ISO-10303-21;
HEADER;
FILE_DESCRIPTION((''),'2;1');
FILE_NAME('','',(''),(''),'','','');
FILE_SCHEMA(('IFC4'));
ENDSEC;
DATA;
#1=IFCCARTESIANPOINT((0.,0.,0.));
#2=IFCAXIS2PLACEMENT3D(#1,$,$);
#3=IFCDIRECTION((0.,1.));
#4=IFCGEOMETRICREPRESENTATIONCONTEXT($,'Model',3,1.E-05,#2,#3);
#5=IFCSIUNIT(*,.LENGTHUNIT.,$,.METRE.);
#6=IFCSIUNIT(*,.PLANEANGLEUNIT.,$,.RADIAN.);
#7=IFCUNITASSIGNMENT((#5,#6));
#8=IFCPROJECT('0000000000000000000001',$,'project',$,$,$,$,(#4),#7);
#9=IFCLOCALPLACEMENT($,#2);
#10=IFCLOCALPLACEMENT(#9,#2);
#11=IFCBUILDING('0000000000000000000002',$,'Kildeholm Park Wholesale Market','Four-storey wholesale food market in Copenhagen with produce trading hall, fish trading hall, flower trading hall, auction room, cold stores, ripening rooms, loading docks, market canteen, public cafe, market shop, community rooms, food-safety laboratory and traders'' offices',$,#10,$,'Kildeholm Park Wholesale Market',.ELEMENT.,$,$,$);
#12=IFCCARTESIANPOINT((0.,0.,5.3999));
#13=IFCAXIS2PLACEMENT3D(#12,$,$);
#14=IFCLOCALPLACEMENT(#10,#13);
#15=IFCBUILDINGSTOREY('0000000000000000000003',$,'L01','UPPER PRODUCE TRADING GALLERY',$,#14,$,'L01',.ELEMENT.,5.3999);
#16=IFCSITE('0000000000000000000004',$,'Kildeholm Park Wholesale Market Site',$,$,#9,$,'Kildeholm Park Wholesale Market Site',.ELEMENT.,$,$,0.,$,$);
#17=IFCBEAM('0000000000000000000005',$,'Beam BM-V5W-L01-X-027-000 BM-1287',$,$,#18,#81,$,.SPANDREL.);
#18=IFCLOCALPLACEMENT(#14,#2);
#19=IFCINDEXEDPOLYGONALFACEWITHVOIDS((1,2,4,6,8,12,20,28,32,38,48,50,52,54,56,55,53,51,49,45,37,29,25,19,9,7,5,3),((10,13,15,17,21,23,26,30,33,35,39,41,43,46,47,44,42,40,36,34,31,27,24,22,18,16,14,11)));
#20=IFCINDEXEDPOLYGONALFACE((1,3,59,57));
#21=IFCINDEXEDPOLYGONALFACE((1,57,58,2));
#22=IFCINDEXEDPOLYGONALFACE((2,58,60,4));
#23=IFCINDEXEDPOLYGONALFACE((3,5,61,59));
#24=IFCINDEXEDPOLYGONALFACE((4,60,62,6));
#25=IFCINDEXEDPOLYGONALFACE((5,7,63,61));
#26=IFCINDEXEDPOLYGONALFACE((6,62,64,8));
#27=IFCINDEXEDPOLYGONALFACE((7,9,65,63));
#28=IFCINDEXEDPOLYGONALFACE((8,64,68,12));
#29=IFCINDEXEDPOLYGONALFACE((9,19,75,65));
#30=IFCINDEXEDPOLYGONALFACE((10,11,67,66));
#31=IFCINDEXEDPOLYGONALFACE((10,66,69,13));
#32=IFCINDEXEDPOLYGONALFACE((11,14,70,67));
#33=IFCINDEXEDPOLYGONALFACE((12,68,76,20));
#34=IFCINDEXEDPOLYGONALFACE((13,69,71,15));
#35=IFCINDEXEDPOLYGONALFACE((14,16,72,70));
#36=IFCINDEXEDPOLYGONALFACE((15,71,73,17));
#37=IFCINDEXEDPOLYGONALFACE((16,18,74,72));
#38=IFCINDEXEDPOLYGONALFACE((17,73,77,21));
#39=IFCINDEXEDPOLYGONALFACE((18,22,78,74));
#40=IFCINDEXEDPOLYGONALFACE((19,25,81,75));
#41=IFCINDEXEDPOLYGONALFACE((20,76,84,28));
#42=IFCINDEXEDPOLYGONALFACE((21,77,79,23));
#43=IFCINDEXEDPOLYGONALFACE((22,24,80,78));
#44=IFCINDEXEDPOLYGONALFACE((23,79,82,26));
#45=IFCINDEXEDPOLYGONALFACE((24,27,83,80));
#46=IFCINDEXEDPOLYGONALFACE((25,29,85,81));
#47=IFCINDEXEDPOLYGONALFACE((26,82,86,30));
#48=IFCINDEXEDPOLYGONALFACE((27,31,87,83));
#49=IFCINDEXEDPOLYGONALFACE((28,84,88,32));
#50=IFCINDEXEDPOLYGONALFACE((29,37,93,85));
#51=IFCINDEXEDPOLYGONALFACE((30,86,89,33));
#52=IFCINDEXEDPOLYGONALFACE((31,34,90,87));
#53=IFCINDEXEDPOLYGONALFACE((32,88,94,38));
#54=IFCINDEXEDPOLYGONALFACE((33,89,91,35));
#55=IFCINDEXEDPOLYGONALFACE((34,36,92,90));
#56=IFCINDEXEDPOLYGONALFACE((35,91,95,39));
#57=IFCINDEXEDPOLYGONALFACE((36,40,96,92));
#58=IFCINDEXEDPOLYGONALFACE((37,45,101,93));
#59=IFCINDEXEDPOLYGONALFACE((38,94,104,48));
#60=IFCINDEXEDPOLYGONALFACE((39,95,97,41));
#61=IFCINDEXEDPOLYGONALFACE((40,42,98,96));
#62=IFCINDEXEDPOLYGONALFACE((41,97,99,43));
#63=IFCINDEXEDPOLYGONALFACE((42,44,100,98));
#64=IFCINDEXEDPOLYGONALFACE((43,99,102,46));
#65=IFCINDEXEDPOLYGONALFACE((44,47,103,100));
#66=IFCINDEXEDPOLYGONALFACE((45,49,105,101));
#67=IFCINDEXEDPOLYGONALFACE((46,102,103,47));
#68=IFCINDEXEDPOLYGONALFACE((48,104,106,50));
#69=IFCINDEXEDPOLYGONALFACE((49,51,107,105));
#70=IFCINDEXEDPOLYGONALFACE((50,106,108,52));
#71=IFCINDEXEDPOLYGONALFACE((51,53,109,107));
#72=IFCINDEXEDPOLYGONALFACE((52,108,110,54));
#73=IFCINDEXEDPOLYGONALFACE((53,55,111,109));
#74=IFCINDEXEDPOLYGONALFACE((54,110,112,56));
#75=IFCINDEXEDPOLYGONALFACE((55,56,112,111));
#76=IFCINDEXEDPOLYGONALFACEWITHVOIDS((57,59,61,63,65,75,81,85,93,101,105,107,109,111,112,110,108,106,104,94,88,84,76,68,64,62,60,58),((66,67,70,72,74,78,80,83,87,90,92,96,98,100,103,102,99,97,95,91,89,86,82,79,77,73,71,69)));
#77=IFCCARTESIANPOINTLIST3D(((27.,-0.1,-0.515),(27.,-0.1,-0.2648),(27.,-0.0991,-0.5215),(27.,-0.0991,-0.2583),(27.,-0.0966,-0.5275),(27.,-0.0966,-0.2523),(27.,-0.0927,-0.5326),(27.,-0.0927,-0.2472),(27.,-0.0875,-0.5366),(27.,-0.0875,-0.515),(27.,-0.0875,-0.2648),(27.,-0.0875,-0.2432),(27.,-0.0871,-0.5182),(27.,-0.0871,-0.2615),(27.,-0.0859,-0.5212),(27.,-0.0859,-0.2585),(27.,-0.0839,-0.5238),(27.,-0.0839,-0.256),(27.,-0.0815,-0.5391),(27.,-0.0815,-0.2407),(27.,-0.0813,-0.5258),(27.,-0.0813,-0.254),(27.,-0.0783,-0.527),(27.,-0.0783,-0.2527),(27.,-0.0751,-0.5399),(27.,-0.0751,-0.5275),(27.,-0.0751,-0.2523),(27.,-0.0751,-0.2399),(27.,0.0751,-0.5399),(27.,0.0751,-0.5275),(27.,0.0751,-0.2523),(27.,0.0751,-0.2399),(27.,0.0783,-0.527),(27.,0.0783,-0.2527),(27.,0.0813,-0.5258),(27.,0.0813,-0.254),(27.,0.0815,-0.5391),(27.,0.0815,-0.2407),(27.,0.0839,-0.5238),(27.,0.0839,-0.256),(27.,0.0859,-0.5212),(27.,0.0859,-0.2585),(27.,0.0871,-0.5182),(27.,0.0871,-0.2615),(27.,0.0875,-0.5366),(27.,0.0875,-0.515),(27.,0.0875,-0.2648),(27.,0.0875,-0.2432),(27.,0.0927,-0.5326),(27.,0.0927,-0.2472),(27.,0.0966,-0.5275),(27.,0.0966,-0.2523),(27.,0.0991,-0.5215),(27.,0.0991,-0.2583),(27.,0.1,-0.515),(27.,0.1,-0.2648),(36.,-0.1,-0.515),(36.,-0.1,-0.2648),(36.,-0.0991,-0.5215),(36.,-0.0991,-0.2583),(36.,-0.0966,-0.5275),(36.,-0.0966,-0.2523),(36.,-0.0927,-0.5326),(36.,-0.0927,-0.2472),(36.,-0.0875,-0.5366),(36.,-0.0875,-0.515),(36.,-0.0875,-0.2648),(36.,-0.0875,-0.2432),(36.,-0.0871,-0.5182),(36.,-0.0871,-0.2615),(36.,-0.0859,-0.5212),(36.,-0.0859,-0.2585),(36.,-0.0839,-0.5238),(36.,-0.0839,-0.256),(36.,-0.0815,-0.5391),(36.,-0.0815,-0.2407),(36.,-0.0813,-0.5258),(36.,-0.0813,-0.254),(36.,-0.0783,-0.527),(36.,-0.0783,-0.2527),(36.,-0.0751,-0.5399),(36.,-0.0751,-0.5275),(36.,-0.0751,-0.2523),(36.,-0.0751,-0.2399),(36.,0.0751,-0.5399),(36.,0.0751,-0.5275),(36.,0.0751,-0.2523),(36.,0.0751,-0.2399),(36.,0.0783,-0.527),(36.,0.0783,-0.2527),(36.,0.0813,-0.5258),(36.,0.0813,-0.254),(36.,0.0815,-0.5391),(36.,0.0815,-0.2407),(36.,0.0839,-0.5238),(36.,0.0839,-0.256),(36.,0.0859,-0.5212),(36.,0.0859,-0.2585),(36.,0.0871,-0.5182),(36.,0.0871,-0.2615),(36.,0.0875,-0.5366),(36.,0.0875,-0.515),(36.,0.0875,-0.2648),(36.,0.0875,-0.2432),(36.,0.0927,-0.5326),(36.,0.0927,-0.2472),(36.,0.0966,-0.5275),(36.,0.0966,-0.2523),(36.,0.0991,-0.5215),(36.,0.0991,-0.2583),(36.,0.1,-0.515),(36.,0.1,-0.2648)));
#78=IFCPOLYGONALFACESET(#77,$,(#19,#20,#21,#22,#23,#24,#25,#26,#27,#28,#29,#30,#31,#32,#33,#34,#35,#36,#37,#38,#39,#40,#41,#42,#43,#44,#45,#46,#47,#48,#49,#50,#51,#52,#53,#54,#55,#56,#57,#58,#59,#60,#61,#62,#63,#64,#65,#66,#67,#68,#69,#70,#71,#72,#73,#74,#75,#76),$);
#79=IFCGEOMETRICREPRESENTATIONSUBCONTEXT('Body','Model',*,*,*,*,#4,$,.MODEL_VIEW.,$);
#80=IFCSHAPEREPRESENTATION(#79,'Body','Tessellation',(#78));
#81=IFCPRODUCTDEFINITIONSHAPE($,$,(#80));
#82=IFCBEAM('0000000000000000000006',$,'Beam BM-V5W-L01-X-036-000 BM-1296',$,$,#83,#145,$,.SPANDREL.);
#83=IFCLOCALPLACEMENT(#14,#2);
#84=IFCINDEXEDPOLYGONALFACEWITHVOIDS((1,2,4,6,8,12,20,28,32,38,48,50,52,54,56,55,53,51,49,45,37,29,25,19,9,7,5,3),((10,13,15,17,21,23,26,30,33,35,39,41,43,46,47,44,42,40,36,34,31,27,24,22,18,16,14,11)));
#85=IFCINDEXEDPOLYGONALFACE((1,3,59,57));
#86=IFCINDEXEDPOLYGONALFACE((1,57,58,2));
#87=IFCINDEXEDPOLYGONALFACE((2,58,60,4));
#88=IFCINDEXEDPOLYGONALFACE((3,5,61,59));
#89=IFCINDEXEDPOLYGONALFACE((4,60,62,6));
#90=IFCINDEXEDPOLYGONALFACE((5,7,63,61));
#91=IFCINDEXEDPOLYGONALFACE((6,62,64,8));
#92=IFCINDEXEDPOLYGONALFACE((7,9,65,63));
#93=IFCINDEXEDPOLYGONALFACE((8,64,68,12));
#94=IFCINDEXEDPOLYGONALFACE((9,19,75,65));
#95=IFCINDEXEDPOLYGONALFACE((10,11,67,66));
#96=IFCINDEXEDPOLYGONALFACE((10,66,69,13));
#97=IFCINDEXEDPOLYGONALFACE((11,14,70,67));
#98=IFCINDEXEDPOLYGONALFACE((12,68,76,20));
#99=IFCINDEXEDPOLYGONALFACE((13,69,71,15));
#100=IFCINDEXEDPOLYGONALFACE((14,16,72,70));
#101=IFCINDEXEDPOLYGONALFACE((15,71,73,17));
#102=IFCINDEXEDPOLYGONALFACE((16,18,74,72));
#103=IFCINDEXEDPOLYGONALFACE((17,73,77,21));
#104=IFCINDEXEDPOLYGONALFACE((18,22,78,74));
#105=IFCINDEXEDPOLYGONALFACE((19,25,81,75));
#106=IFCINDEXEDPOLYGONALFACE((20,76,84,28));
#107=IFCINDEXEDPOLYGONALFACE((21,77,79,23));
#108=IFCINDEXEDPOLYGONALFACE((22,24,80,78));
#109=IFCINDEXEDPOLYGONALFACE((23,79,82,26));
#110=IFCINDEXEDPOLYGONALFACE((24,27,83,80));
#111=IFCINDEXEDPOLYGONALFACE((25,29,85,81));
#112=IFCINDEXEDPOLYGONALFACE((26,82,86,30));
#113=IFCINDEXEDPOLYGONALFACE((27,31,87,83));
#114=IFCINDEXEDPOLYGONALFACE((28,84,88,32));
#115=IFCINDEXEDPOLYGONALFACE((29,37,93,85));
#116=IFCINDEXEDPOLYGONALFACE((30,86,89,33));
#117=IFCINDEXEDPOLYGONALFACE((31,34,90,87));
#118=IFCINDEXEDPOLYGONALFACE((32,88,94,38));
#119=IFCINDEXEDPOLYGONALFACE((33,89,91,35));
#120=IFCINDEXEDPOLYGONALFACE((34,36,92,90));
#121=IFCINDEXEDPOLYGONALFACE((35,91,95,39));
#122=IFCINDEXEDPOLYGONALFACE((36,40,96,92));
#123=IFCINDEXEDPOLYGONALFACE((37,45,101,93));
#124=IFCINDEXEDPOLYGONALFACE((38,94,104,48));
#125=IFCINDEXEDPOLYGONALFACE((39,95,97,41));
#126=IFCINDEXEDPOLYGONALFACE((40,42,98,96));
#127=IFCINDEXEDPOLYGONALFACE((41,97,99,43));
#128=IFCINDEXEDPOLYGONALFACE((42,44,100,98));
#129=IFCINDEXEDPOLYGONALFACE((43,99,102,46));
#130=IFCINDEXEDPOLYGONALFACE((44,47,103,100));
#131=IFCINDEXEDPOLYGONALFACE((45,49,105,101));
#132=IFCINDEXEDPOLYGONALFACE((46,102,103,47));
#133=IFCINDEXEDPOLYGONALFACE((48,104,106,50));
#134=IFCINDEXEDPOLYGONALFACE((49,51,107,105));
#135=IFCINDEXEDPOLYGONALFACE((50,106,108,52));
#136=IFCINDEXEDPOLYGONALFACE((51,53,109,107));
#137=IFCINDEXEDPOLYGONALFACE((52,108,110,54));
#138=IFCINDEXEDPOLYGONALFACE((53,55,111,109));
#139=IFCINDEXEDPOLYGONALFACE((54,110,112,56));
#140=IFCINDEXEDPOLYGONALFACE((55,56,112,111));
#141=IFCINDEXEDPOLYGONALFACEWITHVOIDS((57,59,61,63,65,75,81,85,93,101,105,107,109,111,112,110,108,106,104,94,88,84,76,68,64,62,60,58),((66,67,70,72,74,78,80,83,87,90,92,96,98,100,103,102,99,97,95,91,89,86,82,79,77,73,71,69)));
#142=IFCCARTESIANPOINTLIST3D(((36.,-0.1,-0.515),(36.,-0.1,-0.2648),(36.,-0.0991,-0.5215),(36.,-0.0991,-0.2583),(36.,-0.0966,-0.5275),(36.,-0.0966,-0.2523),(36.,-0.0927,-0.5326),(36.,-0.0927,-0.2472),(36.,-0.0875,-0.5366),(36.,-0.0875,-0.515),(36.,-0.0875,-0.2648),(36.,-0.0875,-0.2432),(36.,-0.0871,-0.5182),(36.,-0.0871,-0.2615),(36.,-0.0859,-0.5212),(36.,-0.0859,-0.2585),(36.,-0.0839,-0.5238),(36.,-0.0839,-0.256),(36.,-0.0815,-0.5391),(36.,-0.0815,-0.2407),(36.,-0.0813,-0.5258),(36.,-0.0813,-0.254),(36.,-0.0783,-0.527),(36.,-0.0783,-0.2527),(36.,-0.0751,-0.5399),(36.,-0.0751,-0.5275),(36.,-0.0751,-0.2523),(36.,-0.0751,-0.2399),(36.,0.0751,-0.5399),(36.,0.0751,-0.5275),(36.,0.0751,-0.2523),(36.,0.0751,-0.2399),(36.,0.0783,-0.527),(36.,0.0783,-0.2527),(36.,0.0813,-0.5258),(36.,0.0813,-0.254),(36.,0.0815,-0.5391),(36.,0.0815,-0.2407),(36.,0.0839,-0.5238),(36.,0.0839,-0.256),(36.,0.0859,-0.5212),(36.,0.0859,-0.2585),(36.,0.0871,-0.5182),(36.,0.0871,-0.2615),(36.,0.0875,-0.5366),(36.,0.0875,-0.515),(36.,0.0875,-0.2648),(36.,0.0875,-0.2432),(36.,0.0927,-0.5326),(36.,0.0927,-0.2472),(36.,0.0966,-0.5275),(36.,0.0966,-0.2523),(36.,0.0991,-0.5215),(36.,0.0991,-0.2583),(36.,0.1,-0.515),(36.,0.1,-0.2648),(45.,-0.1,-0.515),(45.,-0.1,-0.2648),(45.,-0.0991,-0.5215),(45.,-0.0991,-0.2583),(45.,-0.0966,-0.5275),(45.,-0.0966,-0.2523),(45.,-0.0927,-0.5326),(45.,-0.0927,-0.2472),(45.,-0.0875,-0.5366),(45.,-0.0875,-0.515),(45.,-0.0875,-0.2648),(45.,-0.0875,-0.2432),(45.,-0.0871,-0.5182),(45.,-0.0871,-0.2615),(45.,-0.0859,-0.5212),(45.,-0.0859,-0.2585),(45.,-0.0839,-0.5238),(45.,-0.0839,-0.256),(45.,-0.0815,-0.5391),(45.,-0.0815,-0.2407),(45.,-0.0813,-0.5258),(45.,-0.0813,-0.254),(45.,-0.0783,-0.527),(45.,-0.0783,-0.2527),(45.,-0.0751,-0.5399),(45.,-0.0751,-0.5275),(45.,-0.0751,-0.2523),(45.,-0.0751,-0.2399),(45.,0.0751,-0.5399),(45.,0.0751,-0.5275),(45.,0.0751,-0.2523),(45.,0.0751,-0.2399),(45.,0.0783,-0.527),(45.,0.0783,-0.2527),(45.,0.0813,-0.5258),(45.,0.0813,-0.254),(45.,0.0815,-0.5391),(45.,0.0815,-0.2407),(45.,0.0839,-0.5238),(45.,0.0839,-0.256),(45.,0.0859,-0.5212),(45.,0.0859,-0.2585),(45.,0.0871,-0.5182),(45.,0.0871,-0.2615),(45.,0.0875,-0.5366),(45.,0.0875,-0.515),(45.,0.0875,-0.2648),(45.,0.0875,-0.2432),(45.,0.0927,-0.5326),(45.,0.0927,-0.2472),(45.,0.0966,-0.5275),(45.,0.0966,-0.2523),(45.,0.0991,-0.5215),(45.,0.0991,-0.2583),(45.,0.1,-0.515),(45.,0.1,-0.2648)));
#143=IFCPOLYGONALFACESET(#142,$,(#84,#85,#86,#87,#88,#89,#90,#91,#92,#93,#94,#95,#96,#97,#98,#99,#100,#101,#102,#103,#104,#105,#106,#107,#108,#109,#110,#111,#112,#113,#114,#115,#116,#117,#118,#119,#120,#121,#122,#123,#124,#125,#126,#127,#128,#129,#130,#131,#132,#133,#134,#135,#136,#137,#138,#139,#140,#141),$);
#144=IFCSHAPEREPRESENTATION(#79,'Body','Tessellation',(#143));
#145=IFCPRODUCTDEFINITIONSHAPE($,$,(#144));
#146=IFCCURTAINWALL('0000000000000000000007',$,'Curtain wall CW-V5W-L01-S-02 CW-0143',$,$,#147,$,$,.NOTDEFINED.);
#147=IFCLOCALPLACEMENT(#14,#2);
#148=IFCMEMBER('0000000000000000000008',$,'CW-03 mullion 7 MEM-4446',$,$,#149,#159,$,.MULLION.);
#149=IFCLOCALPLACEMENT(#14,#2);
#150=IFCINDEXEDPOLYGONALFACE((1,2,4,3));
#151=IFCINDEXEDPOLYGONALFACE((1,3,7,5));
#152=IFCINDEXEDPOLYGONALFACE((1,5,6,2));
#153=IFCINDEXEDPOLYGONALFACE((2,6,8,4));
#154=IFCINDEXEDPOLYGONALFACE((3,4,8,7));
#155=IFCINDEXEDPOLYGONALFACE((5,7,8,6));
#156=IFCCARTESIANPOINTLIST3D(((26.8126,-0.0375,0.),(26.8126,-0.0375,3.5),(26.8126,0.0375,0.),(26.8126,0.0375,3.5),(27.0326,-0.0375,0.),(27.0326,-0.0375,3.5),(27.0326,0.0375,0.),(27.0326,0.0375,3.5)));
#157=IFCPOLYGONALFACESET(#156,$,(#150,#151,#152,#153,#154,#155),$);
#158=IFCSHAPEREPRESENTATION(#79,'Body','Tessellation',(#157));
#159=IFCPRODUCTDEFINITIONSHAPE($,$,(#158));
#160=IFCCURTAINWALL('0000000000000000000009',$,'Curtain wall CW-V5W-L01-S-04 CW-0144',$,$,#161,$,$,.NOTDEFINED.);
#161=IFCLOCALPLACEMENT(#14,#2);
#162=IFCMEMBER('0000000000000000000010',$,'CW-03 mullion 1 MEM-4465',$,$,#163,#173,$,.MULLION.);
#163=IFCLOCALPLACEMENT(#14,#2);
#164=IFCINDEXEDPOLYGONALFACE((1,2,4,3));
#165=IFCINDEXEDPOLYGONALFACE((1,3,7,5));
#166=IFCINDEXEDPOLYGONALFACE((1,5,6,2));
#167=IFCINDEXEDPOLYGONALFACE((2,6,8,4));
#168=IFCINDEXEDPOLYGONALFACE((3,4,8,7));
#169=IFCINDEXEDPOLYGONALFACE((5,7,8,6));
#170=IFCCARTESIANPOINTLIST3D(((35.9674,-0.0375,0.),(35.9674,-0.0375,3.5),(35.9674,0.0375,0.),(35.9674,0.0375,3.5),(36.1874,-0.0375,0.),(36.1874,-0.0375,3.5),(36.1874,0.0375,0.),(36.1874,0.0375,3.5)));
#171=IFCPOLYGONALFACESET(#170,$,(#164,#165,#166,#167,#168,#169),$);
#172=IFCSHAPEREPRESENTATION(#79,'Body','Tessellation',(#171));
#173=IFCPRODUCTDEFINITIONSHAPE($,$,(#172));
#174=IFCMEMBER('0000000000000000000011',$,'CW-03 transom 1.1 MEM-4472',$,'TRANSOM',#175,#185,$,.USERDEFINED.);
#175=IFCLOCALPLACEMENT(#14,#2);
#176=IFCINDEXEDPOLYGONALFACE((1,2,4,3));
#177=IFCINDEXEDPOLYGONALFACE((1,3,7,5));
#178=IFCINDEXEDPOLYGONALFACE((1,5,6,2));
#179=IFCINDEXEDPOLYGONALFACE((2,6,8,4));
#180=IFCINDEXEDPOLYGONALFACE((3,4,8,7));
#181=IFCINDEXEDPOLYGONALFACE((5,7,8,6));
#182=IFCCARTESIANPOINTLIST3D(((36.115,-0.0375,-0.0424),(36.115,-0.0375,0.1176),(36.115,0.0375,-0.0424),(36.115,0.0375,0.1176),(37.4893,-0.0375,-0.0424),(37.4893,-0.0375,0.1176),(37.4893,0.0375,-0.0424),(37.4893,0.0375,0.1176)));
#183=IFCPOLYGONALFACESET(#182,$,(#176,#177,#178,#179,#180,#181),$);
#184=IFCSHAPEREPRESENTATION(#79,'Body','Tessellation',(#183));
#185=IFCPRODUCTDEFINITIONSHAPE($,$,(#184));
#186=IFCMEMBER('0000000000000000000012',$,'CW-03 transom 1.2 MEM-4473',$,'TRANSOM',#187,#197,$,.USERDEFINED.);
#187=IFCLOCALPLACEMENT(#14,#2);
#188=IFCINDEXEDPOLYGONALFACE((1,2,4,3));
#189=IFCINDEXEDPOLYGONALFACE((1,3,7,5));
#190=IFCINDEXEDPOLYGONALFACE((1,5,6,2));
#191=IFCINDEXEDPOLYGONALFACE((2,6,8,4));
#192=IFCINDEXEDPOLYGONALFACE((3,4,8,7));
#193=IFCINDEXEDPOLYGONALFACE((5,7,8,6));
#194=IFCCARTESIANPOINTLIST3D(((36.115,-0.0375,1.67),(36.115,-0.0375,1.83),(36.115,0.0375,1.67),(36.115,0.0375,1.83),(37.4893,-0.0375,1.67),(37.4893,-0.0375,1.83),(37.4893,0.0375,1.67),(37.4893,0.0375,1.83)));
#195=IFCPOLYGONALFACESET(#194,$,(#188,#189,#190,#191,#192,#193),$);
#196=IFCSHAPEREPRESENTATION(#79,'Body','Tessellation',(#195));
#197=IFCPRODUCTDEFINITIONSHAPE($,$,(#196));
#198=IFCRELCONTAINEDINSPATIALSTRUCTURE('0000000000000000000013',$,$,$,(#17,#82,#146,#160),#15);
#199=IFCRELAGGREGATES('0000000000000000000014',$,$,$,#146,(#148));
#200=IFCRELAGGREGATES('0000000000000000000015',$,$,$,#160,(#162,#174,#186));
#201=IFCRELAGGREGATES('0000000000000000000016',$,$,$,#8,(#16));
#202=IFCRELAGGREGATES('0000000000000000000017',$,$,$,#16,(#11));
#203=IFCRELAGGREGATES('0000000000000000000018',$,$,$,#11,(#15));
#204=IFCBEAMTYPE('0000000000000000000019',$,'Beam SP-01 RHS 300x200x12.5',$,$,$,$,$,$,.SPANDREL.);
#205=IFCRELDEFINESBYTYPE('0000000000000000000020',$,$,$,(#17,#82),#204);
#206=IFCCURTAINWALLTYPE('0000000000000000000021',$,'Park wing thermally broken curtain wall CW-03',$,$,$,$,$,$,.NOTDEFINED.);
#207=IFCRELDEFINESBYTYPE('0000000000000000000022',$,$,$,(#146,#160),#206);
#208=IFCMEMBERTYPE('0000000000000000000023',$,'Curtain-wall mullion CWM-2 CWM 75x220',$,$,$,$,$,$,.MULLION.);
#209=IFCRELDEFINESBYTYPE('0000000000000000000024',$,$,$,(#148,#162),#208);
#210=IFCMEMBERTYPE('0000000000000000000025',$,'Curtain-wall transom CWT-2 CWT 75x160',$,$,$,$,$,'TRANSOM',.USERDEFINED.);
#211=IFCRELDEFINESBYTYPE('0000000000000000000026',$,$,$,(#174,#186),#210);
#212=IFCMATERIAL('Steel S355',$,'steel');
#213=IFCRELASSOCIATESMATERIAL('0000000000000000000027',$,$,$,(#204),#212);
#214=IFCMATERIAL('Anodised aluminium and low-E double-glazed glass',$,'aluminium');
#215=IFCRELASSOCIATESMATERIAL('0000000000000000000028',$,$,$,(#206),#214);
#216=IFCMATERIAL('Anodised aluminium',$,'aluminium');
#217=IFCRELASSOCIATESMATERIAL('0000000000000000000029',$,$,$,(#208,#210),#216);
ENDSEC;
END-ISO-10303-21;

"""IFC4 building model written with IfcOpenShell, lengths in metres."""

from ifc_helpers import new_model, si_unit, direction, frame, origin, origin_2d, place, context, subcontext, project, spatial, rectangle, hollow_rectangle, extrude, material, material_profile, profile_set, type_object, element, aggregate, save


model = new_model("IFC4")

# Units and contexts
model_context = context("Model", 3, precision=1e-05, world=origin(), true_north=direction((0.0, 1.0)))
body_context = subcontext(model_context, "Body", "Model", "MODEL_VIEW")
ifc_project = project(units=[si_unit("LENGTHUNIT", "METRE"), si_unit("PLANEANGLEUNIT", "RADIAN")], contexts=[model_context])

# Site, building, storey
site_placement = place(None, origin())
site = spatial("IfcSite", under=ifc_project, at=site_placement, Name="Kildeholm Park Wholesale Market Site", LongName="Kildeholm Park Wholesale Market Site", CompositionType="ELEMENT", RefElevation=0.0)
building_placement = place(site_placement, origin())
building = spatial("IfcBuilding", under=site, at=building_placement, Name="Kildeholm Park Wholesale Market", Description="Four-storey wholesale food market in Copenhagen with produce trading hall, fish trading hall, flower trading hall, auction room, cold stores, ripening rooms, loading docks, market canteen, public cafe, market shop, community rooms, food-safety laboratory and traders' offices", LongName="Kildeholm Park Wholesale Market", CompositionType="ELEMENT")
storey_placement = place(building_placement, frame((0.0, 0.0, 5.3999)))
storey = spatial("IfcBuildingStorey", under=building, at=storey_placement, Name="L01", Description="UPPER PRODUCE TRADING GALLERY", LongName="L01", CompositionType="ELEMENT", Elevation=5.3999)

# Shared definitions
ifc_material_1 = material(Name="Steel S355", Category="steel")

# Beams
ifc_material_profile_1 = material_profile(ifc_material_1, hollow_rectangle(XDim=0.2, YDim=0.3, WallThickness=0.0125, InnerFilletRadius=0.0125, OuterFilletRadius=0.0249, at=origin_2d()), Name="RHS 300x200x12.5")
ifc_profile_set_1 = profile_set([ifc_material_profile_1], Name="Steel S355")
beam_type_1 = type_object("IfcBeamType", Name="Beam SP-01 RHS 300x200x12.5", PredefinedType="SPANDREL", material=ifc_profile_set_1)
for number, where, z_axis, x_axis, name in (
    (1, (27.0, 0.0, -0.3899), (1.0, 0.0, 0.0), (0.0, 1.0, 0.0), "Beam BM-V5W-L01-X-027-000 BM-1287"),
    (2, (36.0, 0.0, -0.3899), (1.0, 0.0, 0.0), (0.0, 1.0, 0.0), "Beam BM-V5W-L01-X-036-000 BM-1296"),
):
    element("IfcBeam", number, at=place(storey_placement, frame(where, z_axis=z_axis, x_axis=x_axis)), inside=storey, type_object=beam_type_1, Name=name, PredefinedType="SPANDREL", context=body_context, shape_type="SweptSolid", body=[
        extrude(hollow_rectangle(XDim=0.2, YDim=0.3, WallThickness=0.0125, InnerFilletRadius=0.0125, OuterFilletRadius=0.0249, at=origin_2d()), origin(), (0.0, 0.0, 1.0), 9.0),
    ])

# Curtain wall, member
ifc_material_2 = material(Name="Anodised aluminium and low-E double-glazed glass", Category="aluminium")
curtain_wall_type = type_object("IfcCurtainWallType", Name="Park wing thermally broken curtain wall CW-03", PredefinedType="NOTDEFINED", material=ifc_material_2)
curtain_wall_1_placement = place(storey_placement, origin())
curtain_wall_1 = element("IfcCurtainWall", 3, at=curtain_wall_1_placement, inside=storey, type_object=curtain_wall_type, Name="Curtain wall CW-V5W-L01-S-02 CW-0143", PredefinedType="NOTDEFINED")
ifc_material_3 = material(Name="Anodised aluminium", Category="aluminium")
ifc_material_profile_2 = material_profile(ifc_material_3, rectangle(XDim=0.075, YDim=0.22, at=origin_2d()), Name="CWM 75x220")
ifc_profile_set_2 = profile_set([ifc_material_profile_2], Name="Anodised aluminium")
member_type_1 = type_object("IfcMemberType", Name="Curtain-wall mullion CWM-2 CWM 75x220", PredefinedType="MULLION", material=ifc_profile_set_2)
member_1_placement = place(storey_placement, frame((26.9226, 0.0, 0.0), z_axis=(0.0, 0.0, 1.0), x_axis=(0.0, 1.0, 0.0)))
member_1 = element("IfcMember", 4, at=member_1_placement, type_object=member_type_1, Name="CW-03 mullion 7 MEM-4446", PredefinedType="MULLION", context=body_context, shape_type="SweptSolid", body=[
    extrude(rectangle(XDim=0.075, YDim=0.22, at=origin_2d()), origin(), (0.0, 0.0, 1.0), 3.5),
])
aggregate(curtain_wall_1, [member_1])

# Curtain wall, members
curtain_wall_2_placement = place(storey_placement, origin())
curtain_wall_2 = element("IfcCurtainWall", 5, at=curtain_wall_2_placement, inside=storey, type_object=curtain_wall_type, Name="Curtain wall CW-V5W-L01-S-04 CW-0144", PredefinedType="NOTDEFINED")
member_2_placement = place(storey_placement, frame((36.0774, 0.0, 0.0), z_axis=(0.0, 0.0, 1.0), x_axis=(0.0, 1.0, 0.0)))
member_2 = element("IfcMember", 6, at=member_2_placement, type_object=member_type_1, Name="CW-03 mullion 1 MEM-4465", PredefinedType="MULLION", context=body_context, shape_type="SweptSolid", body=[
    extrude(rectangle(XDim=0.075, YDim=0.22, at=origin_2d()), origin(), (0.0, 0.0, 1.0), 3.5),
])
ifc_material_profile_3 = material_profile(ifc_material_3, rectangle(XDim=0.075, YDim=0.1599, at=origin_2d()), Name="CWT 75x160")
ifc_profile_set_3 = profile_set([ifc_material_profile_3], Name="Anodised aluminium")
member_type_2 = type_object("IfcMemberType", Name="Curtain-wall transom CWT-2 CWT 75x160", ElementType="TRANSOM", PredefinedType="USERDEFINED", material=ifc_profile_set_3)
member_3_placement = place(storey_placement, frame((36.115, 0.0, 0.0376), z_axis=(1.0, 0.0, 0.0), x_axis=(0.0, 1.0, 0.0)))
member_3 = element("IfcMember", 7, at=member_3_placement, type_object=member_type_2, Name="CW-03 transom 1.1 MEM-4472", ObjectType="TRANSOM", PredefinedType="USERDEFINED", context=body_context, shape_type="SweptSolid", body=[
    extrude(rectangle(XDim=0.075, YDim=0.1599, at=origin_2d()), origin(), (0.0, 0.0, 1.0), 1.3743),
])
member_4_placement = place(storey_placement, frame((36.115, 0.0, 1.75), z_axis=(1.0, 0.0, 0.0), x_axis=(0.0, 1.0, 0.0)))
member_4 = element("IfcMember", 8, at=member_4_placement, type_object=member_type_2, Name="CW-03 transom 1.2 MEM-4473", ObjectType="TRANSOM", PredefinedType="USERDEFINED", context=body_context, shape_type="SweptSolid", body=[
    extrude(rectangle(XDim=0.075, YDim=0.1599, at=origin_2d()), origin(), (0.0, 0.0, 1.0), 1.3743),
])
aggregate(curtain_wall_2, [member_2, member_3, member_4])

save(model, "model.ifc")
